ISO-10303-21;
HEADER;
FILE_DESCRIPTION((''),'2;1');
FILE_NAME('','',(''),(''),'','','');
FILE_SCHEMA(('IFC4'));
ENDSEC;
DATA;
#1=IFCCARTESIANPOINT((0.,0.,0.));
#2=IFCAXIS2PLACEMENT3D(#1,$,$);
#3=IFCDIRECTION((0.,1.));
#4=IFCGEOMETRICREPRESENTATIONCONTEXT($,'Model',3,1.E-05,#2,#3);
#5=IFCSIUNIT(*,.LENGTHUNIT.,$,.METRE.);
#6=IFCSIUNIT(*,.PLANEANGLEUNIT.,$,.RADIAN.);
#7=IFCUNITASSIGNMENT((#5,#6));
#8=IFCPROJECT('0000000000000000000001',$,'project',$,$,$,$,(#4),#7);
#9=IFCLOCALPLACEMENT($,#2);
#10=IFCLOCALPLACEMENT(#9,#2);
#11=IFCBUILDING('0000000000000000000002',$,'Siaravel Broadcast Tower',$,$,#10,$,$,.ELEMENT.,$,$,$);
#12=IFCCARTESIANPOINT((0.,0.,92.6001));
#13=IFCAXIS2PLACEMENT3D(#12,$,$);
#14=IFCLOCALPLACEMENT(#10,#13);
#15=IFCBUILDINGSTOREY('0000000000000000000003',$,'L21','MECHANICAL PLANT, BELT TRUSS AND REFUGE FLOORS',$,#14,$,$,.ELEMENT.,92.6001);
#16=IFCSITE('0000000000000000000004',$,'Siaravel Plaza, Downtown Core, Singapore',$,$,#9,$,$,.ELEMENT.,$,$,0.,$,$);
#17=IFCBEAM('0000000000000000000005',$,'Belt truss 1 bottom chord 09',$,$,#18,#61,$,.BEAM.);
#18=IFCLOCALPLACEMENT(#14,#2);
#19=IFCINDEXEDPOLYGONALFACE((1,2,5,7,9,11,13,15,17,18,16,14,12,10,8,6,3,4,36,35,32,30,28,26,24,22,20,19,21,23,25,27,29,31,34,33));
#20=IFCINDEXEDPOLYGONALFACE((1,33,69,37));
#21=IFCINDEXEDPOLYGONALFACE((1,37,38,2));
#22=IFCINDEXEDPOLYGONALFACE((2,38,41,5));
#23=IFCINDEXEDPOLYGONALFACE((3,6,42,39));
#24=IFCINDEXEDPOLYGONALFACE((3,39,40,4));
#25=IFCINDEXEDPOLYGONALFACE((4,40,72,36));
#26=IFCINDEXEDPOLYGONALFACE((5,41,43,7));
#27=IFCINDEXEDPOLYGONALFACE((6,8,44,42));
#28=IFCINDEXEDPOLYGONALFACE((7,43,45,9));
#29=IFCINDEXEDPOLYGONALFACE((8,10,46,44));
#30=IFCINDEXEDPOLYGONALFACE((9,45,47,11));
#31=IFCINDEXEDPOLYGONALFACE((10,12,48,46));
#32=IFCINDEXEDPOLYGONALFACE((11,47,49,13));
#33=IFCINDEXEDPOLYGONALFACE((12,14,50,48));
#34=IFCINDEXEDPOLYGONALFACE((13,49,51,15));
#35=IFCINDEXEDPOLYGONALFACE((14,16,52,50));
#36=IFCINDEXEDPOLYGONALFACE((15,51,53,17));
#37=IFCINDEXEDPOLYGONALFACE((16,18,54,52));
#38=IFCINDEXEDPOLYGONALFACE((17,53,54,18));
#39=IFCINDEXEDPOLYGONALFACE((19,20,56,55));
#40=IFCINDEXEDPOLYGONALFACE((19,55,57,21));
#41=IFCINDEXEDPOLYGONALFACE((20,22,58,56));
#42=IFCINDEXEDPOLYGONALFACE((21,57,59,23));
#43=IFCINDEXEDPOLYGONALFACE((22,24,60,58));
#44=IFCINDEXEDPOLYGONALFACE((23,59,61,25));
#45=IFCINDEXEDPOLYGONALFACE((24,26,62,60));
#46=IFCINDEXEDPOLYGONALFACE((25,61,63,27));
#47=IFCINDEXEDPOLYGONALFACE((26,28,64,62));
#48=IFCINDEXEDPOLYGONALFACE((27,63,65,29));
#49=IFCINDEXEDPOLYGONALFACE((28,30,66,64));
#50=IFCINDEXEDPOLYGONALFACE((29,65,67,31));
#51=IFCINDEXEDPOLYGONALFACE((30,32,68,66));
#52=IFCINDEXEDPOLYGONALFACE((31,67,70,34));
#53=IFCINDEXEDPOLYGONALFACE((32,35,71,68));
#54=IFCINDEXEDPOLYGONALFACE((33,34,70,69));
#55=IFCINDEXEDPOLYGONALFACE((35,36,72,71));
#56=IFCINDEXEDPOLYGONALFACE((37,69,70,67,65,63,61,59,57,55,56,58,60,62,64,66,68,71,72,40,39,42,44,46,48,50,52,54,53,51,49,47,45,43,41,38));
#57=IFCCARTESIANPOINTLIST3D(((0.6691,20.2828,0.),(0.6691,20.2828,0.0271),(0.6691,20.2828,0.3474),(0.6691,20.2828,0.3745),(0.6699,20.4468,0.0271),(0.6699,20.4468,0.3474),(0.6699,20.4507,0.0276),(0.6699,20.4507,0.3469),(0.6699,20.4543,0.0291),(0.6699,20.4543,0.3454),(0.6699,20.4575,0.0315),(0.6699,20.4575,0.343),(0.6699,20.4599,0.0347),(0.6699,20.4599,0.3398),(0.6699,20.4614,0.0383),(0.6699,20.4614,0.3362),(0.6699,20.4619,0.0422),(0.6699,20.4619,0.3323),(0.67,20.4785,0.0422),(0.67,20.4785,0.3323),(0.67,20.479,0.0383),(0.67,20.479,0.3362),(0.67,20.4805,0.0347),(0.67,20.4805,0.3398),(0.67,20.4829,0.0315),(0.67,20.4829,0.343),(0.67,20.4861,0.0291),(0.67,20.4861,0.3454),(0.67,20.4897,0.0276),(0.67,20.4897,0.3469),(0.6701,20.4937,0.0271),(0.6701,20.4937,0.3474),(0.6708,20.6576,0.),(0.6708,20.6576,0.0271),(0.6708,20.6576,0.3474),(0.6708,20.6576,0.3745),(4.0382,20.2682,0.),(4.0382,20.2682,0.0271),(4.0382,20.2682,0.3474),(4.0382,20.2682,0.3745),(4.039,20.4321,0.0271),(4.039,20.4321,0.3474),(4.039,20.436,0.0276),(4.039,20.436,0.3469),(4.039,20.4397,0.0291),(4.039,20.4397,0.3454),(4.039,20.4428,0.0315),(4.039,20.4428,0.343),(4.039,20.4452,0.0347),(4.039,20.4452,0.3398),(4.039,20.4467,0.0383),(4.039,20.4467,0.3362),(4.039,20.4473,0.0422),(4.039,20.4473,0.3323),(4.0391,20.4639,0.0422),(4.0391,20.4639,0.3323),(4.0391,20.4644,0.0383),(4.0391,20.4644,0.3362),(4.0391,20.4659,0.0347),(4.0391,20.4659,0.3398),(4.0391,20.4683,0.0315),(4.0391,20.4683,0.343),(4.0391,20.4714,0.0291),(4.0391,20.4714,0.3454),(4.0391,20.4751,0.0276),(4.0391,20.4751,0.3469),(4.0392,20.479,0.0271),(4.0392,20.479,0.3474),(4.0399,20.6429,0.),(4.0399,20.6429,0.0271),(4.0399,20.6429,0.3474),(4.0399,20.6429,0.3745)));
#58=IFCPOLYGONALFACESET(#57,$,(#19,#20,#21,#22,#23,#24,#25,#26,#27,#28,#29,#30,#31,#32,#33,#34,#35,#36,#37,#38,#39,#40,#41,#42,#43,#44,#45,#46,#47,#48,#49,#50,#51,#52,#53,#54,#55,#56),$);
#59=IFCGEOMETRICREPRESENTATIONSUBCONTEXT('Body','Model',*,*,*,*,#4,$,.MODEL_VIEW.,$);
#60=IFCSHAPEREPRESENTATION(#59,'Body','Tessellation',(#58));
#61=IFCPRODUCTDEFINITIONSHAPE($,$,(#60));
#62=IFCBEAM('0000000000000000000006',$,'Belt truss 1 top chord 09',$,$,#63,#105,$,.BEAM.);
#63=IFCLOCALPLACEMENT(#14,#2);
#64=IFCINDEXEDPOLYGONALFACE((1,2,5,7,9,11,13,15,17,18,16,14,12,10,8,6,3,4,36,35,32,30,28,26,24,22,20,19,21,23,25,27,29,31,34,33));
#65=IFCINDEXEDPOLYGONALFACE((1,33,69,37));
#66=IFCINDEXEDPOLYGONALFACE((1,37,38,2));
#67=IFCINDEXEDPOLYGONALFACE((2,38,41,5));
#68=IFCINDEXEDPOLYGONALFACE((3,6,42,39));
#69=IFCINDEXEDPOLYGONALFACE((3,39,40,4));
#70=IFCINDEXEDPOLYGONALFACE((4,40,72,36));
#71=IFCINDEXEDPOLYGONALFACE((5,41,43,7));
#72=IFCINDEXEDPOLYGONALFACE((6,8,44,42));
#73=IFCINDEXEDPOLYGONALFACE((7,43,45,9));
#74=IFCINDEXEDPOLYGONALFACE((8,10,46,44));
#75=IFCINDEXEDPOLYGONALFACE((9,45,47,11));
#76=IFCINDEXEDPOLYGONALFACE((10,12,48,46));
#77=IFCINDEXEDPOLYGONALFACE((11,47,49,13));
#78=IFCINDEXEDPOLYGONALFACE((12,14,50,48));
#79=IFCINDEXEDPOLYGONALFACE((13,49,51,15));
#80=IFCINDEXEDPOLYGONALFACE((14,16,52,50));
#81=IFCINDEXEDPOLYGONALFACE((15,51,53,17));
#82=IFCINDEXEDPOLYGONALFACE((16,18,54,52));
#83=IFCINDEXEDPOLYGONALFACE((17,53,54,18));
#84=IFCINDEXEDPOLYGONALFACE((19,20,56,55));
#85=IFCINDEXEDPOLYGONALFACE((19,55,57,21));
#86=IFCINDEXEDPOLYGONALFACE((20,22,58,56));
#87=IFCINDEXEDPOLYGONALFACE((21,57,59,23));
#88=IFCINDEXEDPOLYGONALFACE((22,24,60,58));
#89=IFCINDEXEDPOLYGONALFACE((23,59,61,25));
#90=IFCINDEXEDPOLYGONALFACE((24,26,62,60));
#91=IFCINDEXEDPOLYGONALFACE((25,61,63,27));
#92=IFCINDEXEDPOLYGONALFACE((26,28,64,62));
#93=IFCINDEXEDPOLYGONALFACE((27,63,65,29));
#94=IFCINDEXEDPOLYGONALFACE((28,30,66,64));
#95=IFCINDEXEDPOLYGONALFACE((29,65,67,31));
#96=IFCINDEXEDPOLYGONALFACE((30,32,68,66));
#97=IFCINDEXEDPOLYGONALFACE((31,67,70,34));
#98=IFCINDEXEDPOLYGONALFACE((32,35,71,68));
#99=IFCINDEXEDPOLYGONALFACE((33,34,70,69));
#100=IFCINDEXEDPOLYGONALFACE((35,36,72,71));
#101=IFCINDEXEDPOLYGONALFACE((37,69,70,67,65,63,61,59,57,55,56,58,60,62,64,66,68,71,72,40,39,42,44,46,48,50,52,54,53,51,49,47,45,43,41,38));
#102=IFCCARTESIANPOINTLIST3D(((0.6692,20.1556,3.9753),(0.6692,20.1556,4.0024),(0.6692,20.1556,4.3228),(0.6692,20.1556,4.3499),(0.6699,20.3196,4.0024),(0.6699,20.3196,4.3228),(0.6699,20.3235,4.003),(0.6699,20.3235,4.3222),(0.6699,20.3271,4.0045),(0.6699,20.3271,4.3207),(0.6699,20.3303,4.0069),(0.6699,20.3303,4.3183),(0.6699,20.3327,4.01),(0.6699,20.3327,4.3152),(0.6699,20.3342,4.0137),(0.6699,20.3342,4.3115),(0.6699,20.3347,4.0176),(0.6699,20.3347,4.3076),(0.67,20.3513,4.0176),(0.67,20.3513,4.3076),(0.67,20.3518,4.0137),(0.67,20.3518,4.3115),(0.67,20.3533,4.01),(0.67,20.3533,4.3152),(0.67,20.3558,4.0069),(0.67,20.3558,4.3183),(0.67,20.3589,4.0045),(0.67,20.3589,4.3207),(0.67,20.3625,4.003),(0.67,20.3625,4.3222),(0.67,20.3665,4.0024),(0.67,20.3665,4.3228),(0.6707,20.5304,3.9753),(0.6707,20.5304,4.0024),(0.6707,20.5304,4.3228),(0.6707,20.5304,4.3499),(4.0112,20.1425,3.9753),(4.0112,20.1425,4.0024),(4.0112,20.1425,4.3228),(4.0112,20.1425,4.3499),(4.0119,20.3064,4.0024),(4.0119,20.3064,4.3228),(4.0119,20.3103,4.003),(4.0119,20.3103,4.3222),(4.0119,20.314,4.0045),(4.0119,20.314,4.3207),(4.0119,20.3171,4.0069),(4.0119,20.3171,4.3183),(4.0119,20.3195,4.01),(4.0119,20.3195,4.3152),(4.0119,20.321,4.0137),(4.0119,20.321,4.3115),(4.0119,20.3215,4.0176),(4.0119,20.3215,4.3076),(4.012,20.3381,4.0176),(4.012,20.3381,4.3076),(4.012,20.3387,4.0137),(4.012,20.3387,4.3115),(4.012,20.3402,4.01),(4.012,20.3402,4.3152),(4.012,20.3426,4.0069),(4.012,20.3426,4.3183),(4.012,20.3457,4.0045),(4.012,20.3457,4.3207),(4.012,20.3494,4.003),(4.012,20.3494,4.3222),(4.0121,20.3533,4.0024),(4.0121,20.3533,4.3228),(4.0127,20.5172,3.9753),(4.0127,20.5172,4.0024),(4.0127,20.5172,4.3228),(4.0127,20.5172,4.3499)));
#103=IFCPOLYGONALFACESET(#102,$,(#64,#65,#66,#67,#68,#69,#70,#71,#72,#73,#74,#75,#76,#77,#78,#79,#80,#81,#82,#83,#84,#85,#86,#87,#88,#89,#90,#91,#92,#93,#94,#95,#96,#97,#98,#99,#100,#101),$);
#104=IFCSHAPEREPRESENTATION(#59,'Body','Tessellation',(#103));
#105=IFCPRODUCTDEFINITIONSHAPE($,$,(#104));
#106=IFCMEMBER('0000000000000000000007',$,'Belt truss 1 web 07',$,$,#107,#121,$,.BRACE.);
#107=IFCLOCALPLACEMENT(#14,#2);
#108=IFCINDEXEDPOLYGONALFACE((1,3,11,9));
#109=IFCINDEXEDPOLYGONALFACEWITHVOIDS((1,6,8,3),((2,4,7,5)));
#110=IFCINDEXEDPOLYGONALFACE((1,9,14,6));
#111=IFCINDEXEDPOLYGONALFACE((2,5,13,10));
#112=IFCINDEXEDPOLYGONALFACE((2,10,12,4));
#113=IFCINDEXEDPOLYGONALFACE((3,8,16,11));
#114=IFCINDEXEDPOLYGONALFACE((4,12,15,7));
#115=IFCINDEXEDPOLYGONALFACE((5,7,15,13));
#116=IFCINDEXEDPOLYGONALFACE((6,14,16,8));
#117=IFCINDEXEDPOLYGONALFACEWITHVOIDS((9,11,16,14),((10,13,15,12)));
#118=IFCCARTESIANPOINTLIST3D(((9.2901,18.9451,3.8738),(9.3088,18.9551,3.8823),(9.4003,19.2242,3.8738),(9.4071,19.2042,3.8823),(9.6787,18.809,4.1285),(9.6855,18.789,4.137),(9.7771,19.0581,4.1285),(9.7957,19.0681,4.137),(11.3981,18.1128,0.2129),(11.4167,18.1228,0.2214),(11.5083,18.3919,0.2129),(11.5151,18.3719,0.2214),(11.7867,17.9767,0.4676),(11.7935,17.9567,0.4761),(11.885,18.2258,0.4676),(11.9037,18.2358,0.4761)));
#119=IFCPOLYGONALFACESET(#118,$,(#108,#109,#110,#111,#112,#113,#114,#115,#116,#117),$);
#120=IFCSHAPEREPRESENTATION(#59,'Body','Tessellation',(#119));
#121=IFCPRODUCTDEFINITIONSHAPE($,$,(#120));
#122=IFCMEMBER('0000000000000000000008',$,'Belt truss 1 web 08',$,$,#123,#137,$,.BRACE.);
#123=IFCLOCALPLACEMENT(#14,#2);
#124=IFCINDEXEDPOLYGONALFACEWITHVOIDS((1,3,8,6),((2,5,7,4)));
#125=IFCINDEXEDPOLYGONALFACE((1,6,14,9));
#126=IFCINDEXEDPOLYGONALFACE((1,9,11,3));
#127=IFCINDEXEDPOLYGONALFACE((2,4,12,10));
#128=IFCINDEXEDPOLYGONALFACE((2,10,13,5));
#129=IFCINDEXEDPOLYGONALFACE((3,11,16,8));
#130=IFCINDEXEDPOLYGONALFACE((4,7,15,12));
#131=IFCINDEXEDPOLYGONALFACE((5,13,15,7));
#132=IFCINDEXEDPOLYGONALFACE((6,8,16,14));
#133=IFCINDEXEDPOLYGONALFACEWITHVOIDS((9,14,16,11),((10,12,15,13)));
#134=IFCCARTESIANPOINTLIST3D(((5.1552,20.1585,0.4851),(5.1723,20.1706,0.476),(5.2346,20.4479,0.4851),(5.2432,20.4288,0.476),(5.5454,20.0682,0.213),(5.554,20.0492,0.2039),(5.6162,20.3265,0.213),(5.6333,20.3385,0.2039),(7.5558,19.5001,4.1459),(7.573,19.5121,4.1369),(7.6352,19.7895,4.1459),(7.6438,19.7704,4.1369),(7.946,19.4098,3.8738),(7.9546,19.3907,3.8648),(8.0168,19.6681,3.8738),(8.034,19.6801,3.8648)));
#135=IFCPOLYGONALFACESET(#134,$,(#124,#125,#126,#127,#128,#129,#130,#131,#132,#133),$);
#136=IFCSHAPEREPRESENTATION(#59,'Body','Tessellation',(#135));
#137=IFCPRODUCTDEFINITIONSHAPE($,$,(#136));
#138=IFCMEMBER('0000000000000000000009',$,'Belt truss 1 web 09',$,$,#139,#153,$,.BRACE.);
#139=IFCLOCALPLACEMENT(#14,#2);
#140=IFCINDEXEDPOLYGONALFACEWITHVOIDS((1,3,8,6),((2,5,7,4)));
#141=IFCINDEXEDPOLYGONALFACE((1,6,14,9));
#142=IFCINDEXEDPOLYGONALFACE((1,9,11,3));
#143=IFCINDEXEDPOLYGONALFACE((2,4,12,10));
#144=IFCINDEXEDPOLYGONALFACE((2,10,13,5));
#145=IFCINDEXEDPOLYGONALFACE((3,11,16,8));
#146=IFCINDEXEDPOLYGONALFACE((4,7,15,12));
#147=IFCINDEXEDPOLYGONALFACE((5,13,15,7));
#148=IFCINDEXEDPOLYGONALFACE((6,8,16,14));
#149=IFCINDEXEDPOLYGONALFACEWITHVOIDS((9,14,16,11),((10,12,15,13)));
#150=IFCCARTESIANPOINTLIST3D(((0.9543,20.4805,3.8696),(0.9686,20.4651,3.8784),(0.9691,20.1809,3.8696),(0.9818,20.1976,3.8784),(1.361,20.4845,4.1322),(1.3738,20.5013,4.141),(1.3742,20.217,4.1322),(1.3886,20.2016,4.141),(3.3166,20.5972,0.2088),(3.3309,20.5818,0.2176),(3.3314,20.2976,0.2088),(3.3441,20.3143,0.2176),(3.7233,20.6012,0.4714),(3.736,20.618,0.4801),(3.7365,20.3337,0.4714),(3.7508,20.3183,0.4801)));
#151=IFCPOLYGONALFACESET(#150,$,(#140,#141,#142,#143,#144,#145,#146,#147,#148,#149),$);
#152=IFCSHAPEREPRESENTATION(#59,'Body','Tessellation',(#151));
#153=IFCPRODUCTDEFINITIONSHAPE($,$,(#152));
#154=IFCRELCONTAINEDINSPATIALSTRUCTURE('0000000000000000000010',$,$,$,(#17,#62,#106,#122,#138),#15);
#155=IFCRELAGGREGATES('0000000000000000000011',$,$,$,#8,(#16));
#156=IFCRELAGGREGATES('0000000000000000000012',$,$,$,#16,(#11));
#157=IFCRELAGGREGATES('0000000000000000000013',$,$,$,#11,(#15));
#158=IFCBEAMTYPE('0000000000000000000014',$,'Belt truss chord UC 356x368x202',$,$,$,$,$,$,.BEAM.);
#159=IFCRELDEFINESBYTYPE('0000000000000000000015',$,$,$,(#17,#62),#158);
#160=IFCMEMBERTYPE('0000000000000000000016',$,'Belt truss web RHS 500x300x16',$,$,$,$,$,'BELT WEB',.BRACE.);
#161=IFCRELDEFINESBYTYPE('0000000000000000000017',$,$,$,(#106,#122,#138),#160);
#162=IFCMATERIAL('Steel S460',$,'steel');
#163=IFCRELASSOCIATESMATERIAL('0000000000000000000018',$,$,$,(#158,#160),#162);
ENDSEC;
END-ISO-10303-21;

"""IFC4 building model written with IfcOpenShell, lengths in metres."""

from ifc_helpers import new_model, si_unit, direction, frame, origin, origin_2d, place, context, subcontext, project, spatial, hollow_rectangle, i_section, extrude, material, material_profile, profile_set, type_object, element, save


model = new_model("IFC4")

# Units and contexts
model_context = context("Model", 3, precision=1e-05, world=origin(), true_north=direction((0.0, 1.0)))
body_context = subcontext(model_context, "Body", "Model", "MODEL_VIEW")
ifc_project = project(units=[si_unit("LENGTHUNIT", "METRE"), si_unit("PLANEANGLEUNIT", "RADIAN")], contexts=[model_context])

# Site, building, storey
site_placement = place(None, origin())
site = spatial("IfcSite", under=ifc_project, at=site_placement, Name="Siaravel Plaza, Downtown Core, Singapore", CompositionType="ELEMENT", RefElevation=0.0)
building_placement = place(site_placement, origin())
building = spatial("IfcBuilding", under=site, at=building_placement, Name="Siaravel Broadcast Tower", CompositionType="ELEMENT")
storey_placement = place(building_placement, frame((0.0, 0.0, 92.6001)))
storey = spatial("IfcBuildingStorey", under=building, at=storey_placement, Name="L21", Description="MECHANICAL PLANT, BELT TRUSS AND REFUGE FLOORS", CompositionType="ELEMENT", Elevation=92.6001)

# Beams
ifc_material_1 = material(Name="Steel S460", Category="steel")
ifc_material_profile_1 = material_profile(ifc_material_1, i_section(OverallWidth=0.3748, OverallDepth=0.3745, WebThickness=0.0166, FlangeThickness=0.0271, FilletRadius=0.0151, at=origin_2d()))
ifc_profile_set_1 = profile_set([ifc_material_profile_1], Name="Steel S460")
beam_type_1 = type_object("IfcBeamType", Name="Belt truss chord UC 356x368x202", PredefinedType="BEAM", material=ifc_profile_set_1)
beam_1_placement = place(storey_placement, frame((4.0391, 20.4556, 0.1873), z_axis=(-0.999991, 0.004348, 0.0), x_axis=(-0.004348, -0.999991, 0.0)))
element("IfcBeam", 1, at=beam_1_placement, inside=storey, type_object=beam_type_1, Name="Belt truss 1 bottom chord 09", PredefinedType="BEAM", context=body_context, shape_type="SweptSolid", body=[
    extrude(i_section(OverallWidth=0.3748, OverallDepth=0.3745, WebThickness=0.0166, FlangeThickness=0.0271, FilletRadius=0.0151, at=origin_2d()), origin(), (0.0, 0.0, 1.0), 3.3691),
])
beam_2_placement = place(storey_placement, frame((4.012, 20.3298, 4.1626), z_axis=(-0.999992, 0.003945, 0.0), x_axis=(-0.003945, -0.999992, 0.0)))
element("IfcBeam", 2, at=beam_2_placement, inside=storey, type_object=beam_type_1, Name="Belt truss 1 top chord 09", PredefinedType="BEAM", context=body_context, shape_type="SweptSolid", body=[
    extrude(i_section(OverallWidth=0.3748, OverallDepth=0.3745, WebThickness=0.0166, FlangeThickness=0.0271, FilletRadius=0.0151, at=origin_2d()), origin(), (0.0, 0.0, 1.0), 3.342),
])

# Members
ifc_material_profile_2 = material_profile(ifc_material_1, hollow_rectangle(XDim=0.3, YDim=0.5, WallThickness=0.0161, at=origin_2d()))
ifc_profile_set_2 = profile_set([ifc_material_profile_2], Name="Steel S460")
member_type_1 = type_object("IfcMemberType", Name="Belt truss web RHS 500x300x16", ElementType="BELT WEB", PredefinedType="BRACE", material=ifc_profile_set_2)
member_1_placement = place(storey_placement, frame((11.6509, 18.1743, 0.3445), z_axis=(-0.489576, 0.193301, 0.850265), x_axis=(-0.367245, -0.930124, 0.0)))
element("IfcMember", 3, at=member_1_placement, inside=storey, type_object=member_type_1, Name="Belt truss 1 web 07", PredefinedType="BRACE", context=body_context, shape_type="SweptSolid", body=[
    extrude(hollow_rectangle(XDim=0.3, YDim=0.5, WallThickness=0.0161, at=origin_2d()), origin(), (0.0, 0.0, 1.0), 4.3057),
])
member_2_placement = place(storey_placement, frame((5.3943, 20.2485, 0.3445), z_axis=(0.542266, -0.148733, 0.826938), x_axis=(0.264511, 0.964383, 0.0)))
element("IfcMember", 4, at=member_2_placement, inside=storey, type_object=member_type_1, Name="Belt truss 1 web 08", PredefinedType="BRACE", context=body_context, shape_type="SweptSolid", body=[
    extrude(hollow_rectangle(XDim=0.3, YDim=0.5, WallThickness=0.0161, at=origin_2d()), origin(), (0.0, 0.0, 1.0), 4.427),
])
member_3_placement = place(storey_placement, frame((3.5337, 20.4578, 0.3445), z_axis=(-0.542004, -0.026775, 0.839949), x_axis=(0.04934, -0.998782, 0.0)))
element("IfcMember", 5, at=member_3_placement, inside=storey, type_object=member_type_1, Name="Belt truss 1 web 09", PredefinedType="BRACE", context=body_context, shape_type="SweptSolid", body=[
    extrude(hollow_rectangle(XDim=0.3, YDim=0.5, WallThickness=0.0161, at=origin_2d()), origin(), (0.0, 0.0, 1.0), 4.3584),
])

save(model, "model.ifc")
